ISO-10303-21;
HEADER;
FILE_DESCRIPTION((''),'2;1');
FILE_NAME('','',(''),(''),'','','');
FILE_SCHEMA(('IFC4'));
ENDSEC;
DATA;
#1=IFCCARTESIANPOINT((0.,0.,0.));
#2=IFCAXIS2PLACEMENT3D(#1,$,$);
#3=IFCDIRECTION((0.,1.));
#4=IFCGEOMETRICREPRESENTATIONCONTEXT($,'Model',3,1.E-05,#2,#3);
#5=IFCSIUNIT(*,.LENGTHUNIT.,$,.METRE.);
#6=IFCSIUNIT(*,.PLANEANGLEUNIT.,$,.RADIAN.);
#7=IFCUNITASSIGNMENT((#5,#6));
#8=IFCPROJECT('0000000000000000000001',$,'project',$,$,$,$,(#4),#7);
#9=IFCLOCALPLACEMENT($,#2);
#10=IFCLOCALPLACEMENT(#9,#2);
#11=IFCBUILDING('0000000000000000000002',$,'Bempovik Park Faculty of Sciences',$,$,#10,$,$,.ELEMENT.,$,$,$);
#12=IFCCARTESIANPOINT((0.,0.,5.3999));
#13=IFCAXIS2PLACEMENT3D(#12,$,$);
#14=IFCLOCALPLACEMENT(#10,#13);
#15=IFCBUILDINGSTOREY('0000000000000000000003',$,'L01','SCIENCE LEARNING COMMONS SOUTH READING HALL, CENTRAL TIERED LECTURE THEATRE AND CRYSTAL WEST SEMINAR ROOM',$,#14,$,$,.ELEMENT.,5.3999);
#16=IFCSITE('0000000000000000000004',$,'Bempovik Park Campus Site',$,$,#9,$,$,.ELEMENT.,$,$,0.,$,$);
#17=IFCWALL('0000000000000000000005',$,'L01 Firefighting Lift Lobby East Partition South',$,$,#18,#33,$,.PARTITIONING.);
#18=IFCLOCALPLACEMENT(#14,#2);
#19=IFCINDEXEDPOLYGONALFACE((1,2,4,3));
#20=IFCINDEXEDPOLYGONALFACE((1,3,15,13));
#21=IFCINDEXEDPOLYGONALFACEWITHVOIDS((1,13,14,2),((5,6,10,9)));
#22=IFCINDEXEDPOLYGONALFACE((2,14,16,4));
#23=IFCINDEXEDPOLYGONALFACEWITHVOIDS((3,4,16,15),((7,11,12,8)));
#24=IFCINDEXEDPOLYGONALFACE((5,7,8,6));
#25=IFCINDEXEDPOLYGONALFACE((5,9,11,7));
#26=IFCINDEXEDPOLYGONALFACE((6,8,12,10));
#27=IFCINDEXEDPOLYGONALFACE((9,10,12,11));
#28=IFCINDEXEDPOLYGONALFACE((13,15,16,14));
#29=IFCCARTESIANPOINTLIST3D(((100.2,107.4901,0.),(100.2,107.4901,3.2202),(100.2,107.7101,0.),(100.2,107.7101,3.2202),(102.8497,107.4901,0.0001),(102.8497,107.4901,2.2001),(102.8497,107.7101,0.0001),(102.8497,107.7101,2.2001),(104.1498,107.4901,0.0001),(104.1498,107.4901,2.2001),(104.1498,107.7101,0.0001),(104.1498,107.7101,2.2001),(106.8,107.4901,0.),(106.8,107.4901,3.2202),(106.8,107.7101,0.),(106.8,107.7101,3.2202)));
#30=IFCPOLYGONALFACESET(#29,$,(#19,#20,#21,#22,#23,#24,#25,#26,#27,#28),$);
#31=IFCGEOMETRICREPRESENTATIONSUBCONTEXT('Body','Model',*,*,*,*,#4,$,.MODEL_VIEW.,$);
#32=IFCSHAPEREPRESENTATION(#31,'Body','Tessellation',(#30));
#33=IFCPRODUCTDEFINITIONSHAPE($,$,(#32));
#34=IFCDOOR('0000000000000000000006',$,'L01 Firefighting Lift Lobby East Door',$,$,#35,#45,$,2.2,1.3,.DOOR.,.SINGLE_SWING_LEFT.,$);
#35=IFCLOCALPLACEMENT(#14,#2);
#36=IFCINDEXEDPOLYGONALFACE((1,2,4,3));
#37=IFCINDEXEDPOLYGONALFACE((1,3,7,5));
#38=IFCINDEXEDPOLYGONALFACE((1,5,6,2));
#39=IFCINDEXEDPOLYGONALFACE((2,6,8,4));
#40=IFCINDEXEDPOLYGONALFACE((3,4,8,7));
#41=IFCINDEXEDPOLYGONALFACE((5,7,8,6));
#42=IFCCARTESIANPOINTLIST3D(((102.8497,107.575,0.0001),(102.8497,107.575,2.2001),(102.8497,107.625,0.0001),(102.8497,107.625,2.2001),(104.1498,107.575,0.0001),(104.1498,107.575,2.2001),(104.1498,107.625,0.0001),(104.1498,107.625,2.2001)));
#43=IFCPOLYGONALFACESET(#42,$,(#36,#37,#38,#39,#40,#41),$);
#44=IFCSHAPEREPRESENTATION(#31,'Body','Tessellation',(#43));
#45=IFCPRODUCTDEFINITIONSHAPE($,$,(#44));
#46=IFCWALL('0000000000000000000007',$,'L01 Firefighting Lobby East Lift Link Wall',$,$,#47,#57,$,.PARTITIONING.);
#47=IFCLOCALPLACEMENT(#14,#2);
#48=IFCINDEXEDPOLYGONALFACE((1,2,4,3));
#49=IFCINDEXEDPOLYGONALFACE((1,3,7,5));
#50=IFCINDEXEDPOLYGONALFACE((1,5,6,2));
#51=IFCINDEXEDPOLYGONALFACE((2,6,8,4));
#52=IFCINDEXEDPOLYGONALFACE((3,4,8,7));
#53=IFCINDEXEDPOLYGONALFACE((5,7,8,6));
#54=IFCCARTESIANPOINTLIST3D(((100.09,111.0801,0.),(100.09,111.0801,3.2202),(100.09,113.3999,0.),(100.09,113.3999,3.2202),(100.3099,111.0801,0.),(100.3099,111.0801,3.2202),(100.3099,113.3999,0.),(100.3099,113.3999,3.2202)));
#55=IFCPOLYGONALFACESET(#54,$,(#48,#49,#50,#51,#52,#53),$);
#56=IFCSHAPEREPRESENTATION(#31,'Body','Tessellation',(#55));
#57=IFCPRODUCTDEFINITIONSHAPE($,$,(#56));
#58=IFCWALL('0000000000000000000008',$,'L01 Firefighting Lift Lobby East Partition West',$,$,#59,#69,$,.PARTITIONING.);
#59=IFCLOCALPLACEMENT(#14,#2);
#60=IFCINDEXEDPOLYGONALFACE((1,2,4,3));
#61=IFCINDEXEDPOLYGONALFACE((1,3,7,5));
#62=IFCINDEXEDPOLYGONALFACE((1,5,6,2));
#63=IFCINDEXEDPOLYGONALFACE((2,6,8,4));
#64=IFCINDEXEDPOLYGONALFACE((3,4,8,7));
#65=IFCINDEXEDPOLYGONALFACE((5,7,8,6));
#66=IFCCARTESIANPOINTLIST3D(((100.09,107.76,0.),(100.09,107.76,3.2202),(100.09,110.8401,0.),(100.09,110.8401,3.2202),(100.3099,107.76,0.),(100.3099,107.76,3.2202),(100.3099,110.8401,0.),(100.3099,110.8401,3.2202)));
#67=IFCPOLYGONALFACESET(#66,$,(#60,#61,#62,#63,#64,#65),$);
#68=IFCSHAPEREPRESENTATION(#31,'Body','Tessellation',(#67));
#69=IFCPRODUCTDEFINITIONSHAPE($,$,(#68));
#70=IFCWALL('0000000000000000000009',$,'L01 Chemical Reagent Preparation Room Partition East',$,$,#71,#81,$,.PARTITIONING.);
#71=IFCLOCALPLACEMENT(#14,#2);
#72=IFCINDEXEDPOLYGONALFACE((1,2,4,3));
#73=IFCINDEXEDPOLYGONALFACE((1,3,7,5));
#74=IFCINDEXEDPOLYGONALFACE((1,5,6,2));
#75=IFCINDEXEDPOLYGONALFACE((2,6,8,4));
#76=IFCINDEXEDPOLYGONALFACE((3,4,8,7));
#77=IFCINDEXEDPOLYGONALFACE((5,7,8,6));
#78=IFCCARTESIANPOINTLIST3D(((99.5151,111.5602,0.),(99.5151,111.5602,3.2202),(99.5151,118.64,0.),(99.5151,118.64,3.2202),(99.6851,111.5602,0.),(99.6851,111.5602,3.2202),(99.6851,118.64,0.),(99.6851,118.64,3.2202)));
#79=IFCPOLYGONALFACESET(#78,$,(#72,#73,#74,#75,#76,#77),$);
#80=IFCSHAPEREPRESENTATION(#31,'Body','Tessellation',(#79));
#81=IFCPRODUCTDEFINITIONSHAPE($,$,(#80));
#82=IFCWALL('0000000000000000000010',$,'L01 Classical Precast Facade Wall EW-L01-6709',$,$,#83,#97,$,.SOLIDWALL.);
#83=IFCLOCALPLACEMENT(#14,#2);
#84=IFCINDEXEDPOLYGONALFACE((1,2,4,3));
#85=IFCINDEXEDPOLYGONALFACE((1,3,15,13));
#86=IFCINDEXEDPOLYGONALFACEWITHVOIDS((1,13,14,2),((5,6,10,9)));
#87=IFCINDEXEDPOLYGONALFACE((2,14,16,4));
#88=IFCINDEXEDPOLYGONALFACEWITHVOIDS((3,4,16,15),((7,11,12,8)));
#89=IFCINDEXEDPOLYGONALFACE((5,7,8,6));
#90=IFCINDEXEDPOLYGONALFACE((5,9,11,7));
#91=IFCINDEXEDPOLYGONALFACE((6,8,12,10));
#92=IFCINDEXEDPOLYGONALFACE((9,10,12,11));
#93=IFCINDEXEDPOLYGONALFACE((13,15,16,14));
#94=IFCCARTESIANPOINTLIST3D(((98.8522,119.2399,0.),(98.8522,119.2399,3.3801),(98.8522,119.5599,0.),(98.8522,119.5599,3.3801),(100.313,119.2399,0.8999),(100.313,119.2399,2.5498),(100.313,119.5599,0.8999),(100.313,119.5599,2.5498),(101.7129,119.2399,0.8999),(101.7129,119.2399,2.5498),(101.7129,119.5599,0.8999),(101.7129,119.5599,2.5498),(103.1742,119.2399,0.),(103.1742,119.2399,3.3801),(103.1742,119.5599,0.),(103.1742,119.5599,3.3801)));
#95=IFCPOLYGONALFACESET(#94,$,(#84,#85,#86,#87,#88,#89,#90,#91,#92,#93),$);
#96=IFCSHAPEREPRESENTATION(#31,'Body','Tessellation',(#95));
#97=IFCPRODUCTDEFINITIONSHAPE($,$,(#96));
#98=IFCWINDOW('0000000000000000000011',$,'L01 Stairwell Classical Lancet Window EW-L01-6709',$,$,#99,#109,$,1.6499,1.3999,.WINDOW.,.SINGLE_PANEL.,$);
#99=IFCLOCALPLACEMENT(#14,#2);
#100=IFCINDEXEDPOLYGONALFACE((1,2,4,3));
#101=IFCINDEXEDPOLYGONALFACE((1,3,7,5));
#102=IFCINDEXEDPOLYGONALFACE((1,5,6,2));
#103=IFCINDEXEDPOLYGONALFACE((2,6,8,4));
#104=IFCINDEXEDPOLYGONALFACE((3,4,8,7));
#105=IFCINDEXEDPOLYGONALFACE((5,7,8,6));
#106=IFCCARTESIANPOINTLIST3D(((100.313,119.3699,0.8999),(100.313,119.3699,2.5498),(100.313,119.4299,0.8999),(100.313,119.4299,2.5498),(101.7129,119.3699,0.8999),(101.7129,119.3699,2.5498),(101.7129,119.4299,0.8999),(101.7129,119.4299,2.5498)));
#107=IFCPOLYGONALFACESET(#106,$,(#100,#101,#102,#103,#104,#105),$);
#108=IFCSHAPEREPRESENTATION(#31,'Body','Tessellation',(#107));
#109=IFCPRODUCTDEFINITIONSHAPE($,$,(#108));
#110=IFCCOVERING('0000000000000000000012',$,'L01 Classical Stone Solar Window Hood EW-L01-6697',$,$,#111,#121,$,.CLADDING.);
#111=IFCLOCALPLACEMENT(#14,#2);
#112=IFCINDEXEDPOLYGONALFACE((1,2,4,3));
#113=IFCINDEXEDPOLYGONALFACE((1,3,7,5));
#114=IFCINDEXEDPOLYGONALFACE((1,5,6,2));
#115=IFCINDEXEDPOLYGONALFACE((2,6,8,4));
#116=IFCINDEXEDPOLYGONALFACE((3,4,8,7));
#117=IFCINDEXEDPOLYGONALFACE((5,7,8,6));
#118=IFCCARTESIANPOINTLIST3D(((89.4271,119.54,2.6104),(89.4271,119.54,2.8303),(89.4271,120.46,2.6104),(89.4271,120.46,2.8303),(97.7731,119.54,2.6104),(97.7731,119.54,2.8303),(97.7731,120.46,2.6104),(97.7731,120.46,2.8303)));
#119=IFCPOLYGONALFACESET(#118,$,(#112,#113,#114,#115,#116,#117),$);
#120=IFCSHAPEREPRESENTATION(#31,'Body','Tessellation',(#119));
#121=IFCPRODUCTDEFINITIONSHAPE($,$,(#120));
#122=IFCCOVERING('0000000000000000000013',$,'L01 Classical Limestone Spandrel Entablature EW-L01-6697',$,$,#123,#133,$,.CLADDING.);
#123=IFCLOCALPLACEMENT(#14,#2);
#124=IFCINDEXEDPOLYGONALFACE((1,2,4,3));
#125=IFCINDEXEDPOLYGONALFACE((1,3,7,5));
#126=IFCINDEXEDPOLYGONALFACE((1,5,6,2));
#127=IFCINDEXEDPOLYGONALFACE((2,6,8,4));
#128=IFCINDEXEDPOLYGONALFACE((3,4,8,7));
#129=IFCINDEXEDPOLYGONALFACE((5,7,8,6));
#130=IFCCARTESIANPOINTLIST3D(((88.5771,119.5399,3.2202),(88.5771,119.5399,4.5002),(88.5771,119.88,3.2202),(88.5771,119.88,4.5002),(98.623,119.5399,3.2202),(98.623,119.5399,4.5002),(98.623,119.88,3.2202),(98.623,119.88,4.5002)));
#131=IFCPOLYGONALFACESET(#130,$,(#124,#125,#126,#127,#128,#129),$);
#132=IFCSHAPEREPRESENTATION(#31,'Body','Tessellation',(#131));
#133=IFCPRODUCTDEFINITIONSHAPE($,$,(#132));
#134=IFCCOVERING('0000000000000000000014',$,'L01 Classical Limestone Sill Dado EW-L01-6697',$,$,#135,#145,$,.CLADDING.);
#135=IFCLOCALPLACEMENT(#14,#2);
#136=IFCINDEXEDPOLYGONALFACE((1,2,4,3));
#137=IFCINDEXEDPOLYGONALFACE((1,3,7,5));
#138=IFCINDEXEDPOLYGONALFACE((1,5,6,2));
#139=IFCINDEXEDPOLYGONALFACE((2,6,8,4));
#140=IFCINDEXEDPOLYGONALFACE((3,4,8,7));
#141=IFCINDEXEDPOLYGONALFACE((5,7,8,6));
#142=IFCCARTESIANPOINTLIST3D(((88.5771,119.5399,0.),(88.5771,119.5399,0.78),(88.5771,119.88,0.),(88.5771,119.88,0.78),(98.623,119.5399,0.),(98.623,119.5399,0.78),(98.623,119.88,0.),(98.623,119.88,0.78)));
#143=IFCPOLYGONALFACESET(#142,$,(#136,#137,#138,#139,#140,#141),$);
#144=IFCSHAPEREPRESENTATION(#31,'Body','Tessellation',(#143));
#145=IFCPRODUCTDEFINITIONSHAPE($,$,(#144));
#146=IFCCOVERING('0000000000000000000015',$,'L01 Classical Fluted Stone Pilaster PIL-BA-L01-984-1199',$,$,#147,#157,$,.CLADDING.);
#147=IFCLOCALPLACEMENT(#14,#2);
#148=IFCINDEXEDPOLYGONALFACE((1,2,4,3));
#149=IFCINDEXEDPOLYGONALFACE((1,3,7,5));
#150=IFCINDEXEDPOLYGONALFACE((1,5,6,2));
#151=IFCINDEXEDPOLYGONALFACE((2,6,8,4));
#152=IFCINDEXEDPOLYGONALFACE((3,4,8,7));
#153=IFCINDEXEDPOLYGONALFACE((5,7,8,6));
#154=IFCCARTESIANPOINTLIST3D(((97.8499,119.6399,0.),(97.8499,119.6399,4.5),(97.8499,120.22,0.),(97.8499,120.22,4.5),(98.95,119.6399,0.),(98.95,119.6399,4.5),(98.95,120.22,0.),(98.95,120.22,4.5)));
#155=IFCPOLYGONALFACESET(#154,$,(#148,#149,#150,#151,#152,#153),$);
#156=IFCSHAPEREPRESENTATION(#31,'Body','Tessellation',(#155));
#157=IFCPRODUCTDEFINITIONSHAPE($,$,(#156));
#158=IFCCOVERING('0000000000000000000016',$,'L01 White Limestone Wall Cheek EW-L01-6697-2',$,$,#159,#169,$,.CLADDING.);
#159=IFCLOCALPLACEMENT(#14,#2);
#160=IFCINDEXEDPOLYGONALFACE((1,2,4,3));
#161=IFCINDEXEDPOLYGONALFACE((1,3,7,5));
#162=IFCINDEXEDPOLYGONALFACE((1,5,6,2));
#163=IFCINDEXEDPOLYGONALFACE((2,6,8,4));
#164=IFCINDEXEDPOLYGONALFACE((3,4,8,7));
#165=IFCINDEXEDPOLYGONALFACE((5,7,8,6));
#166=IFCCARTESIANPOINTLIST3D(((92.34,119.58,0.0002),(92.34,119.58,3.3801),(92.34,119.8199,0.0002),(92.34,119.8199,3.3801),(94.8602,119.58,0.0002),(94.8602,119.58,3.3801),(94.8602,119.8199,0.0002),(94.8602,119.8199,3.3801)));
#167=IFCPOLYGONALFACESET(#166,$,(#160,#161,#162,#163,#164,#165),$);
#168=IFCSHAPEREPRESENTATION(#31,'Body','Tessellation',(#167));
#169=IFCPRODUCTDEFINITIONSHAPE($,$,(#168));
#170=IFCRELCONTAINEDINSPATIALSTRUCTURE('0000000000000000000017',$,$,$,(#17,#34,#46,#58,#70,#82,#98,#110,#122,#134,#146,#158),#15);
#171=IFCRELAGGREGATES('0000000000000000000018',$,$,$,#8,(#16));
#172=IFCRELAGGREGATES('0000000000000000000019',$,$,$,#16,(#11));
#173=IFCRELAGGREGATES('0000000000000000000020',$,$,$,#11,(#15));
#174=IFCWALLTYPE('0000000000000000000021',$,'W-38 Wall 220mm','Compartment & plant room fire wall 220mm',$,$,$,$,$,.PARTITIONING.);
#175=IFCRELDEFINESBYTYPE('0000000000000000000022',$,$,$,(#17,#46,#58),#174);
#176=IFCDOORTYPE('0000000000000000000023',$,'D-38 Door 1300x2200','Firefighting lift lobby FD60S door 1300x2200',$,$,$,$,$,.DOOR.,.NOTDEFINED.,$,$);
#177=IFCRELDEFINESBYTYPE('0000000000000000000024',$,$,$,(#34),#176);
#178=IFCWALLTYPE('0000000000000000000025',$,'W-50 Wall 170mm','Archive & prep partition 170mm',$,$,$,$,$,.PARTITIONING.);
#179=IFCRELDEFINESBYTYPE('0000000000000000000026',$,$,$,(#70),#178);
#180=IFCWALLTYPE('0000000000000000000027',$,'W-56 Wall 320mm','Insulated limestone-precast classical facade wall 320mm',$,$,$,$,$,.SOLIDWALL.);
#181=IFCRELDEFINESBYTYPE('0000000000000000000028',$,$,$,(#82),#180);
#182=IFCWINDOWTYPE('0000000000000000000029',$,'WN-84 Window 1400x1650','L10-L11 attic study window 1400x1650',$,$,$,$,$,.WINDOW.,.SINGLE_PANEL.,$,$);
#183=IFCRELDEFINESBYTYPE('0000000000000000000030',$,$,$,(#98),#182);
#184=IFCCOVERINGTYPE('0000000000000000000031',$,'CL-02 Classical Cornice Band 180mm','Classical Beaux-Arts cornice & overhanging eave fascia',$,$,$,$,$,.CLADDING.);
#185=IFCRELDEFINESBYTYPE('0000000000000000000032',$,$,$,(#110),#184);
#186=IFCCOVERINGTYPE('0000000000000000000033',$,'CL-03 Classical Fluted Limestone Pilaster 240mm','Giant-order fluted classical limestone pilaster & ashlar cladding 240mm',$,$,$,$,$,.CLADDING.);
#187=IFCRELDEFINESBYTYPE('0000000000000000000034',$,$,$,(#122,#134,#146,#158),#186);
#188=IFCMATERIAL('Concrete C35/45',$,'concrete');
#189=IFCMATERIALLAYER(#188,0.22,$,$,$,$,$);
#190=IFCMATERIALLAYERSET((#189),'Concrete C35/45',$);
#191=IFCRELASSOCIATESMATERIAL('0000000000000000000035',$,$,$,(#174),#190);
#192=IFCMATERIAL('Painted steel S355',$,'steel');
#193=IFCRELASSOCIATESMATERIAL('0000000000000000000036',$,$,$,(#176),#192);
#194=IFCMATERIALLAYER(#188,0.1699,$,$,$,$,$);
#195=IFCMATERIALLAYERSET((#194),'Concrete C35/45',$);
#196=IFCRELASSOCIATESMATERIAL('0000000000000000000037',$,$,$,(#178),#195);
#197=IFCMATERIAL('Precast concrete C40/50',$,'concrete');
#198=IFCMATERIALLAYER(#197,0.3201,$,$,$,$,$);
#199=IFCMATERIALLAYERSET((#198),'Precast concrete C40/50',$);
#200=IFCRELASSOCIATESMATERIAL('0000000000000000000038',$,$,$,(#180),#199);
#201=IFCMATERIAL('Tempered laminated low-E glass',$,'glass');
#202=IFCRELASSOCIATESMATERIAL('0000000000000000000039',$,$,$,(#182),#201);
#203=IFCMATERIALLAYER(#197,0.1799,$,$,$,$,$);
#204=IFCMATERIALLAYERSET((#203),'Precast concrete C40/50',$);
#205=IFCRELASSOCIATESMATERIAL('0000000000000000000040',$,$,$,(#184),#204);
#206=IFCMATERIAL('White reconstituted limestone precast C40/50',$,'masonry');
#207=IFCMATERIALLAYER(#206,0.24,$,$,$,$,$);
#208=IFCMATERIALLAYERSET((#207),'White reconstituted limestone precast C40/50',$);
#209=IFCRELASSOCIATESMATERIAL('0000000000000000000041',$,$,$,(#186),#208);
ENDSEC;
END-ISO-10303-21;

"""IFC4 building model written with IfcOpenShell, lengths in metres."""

from ifc_helpers import new_model, si_unit, direction, frame, frame_2d, origin, origin_2d, place, context, subcontext, project, spatial, rectangle, extrude, material, layer, layer_set, type_object, element, fill, save


model = new_model("IFC4")

# Units and contexts
model_context = context("Model", 3, precision=1e-05, world=origin(), true_north=direction((0.0, 1.0)))
body_context = subcontext(model_context, "Body", "Model", "MODEL_VIEW")
ifc_project = project(units=[si_unit("LENGTHUNIT", "METRE"), si_unit("PLANEANGLEUNIT", "RADIAN")], contexts=[model_context])

# Site, building, storey
site_placement = place(None, origin())
site = spatial("IfcSite", under=ifc_project, at=site_placement, Name="Bempovik Park Campus Site", CompositionType="ELEMENT", RefElevation=0.0)
building_placement = place(site_placement, origin())
building = spatial("IfcBuilding", under=site, at=building_placement, Name="Bempovik Park Faculty of Sciences", CompositionType="ELEMENT")
storey_placement = place(building_placement, frame((0.0, 0.0, 5.3999)))
storey = spatial("IfcBuildingStorey", under=building, at=storey_placement, Name="L01", Description="SCIENCE LEARNING COMMONS SOUTH READING HALL, CENTRAL TIERED LECTURE THEATRE AND CRYSTAL WEST SEMINAR ROOM", CompositionType="ELEMENT", Elevation=5.3999)

# Shared definitions
ifc_material_1 = material(Name="Concrete C35/45", Category="concrete")

# Shared definitions
ifc_material_2 = material(Name="Painted steel S355", Category="steel")

# Wall, opening, door
ifc_layer_1 = layer(ifc_material_1, 0.22)
ifc_layer_set_1 = layer_set([ifc_layer_1], Name="Concrete C35/45")
wall_type_1 = type_object("IfcWallType", Name="W-38 Wall 220mm", Description="Compartment & plant room fire wall 220mm", PredefinedType="PARTITIONING", material=ifc_layer_set_1)
wall_1_placement = place(storey_placement, frame((100.2, 107.6001, 0.0), z_axis=(0.0, 0.0, 1.0), x_axis=(1.0, 0.0, 0.0)))
wall_1 = element("IfcWall", 1, at=wall_1_placement, inside=storey, type_object=wall_type_1, Name="L01 Firefighting Lift Lobby East Partition South", PredefinedType="PARTITIONING", context=body_context, shape_type="SweptSolid", body=[
    extrude(rectangle(XDim=6.6001, YDim=0.22, at=frame_2d((3.3, 0.0))), origin(), (0.0, 0.0, 1.0), 3.2202),
])
opening_1_placement = place(wall_1_placement, frame((2.6499, 0.0, 0.0)))
opening_1 = element("IfcOpeningElement", 2, at=opening_1_placement, cuts=wall_1, PredefinedType="OPENING", context=body_context, shape_type="SweptSolid", body=[
    extrude(rectangle(XDim=1.3, YDim=2.2, at=frame_2d((0.6499, 1.1001))), frame((0.0, 0.1201, 0.0), z_axis=(0.0, -1.0, 0.0), x_axis=(1.0, 0.0, 0.0)), (0.0, 0.0, 1.0), 0.24),
])
door_type_1 = type_object("IfcDoorType", Name="D-38 Door 1300x2200", Description="Firefighting lift lobby FD60S door 1300x2200", OperationType="NOTDEFINED", PredefinedType="DOOR", material=ifc_material_2)
door_1_placement = place(opening_1_placement, origin())
door_1 = element("IfcDoor", 3, at=door_1_placement, inside=storey, type_object=door_type_1, Name="L01 Firefighting Lift Lobby East Door", OperationType="SINGLE_SWING_LEFT", OverallHeight=2.2, OverallWidth=1.3, PredefinedType="DOOR", context=body_context, shape_type="SweptSolid", body=[
    extrude(rectangle(XDim=1.3, YDim=2.2, at=frame_2d((0.6499, 1.1001))), frame((0.0, 0.0249, 0.0), z_axis=(0.0, -1.0, 0.0), x_axis=(1.0, 0.0, 0.0)), (0.0, 0.0, 1.0), 0.05),
])
fill(opening_1, door_1)

# Walls
wall_2_placement = place(storey_placement, frame((100.2, 111.0801, 0.0), z_axis=(0.0, 0.0, 1.0), x_axis=(0.0, 1.0, 0.0)))
element("IfcWall", 4, at=wall_2_placement, inside=storey, type_object=wall_type_1, Name="L01 Firefighting Lobby East Lift Link Wall", PredefinedType="PARTITIONING", context=body_context, shape_type="SweptSolid", body=[
    extrude(rectangle(XDim=2.3198, YDim=0.22, at=frame_2d((1.1599, 0.0))), origin(), (0.0, 0.0, 1.0), 3.2202),
])
wall_3_placement = place(storey_placement, frame((100.2, 107.76, 0.0), z_axis=(0.0, 0.0, 1.0), x_axis=(0.0, 1.0, 0.0)))
element("IfcWall", 5, at=wall_3_placement, inside=storey, type_object=wall_type_1, Name="L01 Firefighting Lift Lobby East Partition West", PredefinedType="PARTITIONING", context=body_context, shape_type="SweptSolid", body=[
    extrude(rectangle(XDim=3.0801, YDim=0.22, at=frame_2d((1.54, 0.0))), origin(), (0.0, 0.0, 1.0), 3.2202),
])
ifc_layer_2 = layer(ifc_material_1, 0.1699)
ifc_layer_set_2 = layer_set([ifc_layer_2], Name="Concrete C35/45")
wall_type_2 = type_object("IfcWallType", Name="W-50 Wall 170mm", Description="Archive & prep partition 170mm", PredefinedType="PARTITIONING", material=ifc_layer_set_2)
wall_4_placement = place(storey_placement, frame((99.6001, 111.5601, 0.0), z_axis=(0.0, 0.0, 1.0), x_axis=(0.0, 1.0, 0.0)))
element("IfcWall", 6, at=wall_4_placement, inside=storey, type_object=wall_type_2, Name="L01 Chemical Reagent Preparation Room Partition East", PredefinedType="PARTITIONING", context=body_context, shape_type="SweptSolid", body=[
    extrude(rectangle(XDim=7.0798, YDim=0.1699, at=frame_2d((3.54, 0.0))), origin(), (0.0, 0.0, 1.0), 3.2202),
])

# Wall, opening, window
ifc_material_3 = material(Name="Precast concrete C40/50", Category="concrete")
ifc_layer_3 = layer(ifc_material_3, 0.3201)
ifc_layer_set_3 = layer_set([ifc_layer_3], Name="Precast concrete C40/50")
wall_type_3 = type_object("IfcWallType", Name="W-56 Wall 320mm", Description="Insulated limestone-precast classical facade wall 320mm", PredefinedType="SOLIDWALL", material=ifc_layer_set_3)
wall_5_placement = place(storey_placement, frame((98.8521, 119.3999, 0.0), z_axis=(0.0, 0.0, 1.0), x_axis=(1.0, 0.0, 0.0)))
wall_5 = element("IfcWall", 7, at=wall_5_placement, inside=storey, type_object=wall_type_3, Name="L01 Classical Precast Facade Wall EW-L01-6709", PredefinedType="SOLIDWALL", context=body_context, shape_type="SweptSolid", body=[
    extrude(rectangle(XDim=4.322, YDim=0.3201, at=frame_2d((2.1611, 0.0))), origin(), (0.0, 0.0, 1.0), 3.3801),
])
opening_2_placement = place(wall_5_placement, frame((1.4609, 0.0, 0.8999)))
opening_2 = element("IfcOpeningElement", 8, at=opening_2_placement, cuts=wall_5, PredefinedType="OPENING", context=body_context, shape_type="SweptSolid", body=[
    extrude(rectangle(XDim=1.3999, YDim=1.6499, at=frame_2d((0.7, 0.825))), frame((0.0, 0.1699, 0.0), z_axis=(0.0, -1.0, 0.0), x_axis=(1.0, 0.0, 0.0)), (0.0, 0.0, 1.0), 0.3401),
])
ifc_material_4 = material(Name="Tempered laminated low-E glass", Category="glass")
window_type = type_object("IfcWindowType", Name="WN-84 Window 1400x1650", Description="L10-L11 attic study window 1400x1650", PartitioningType="SINGLE_PANEL", PredefinedType="WINDOW", material=ifc_material_4)
window_placement = place(opening_2_placement, origin())
window = element("IfcWindow", 9, at=window_placement, inside=storey, type_object=window_type, Name="L01 Stairwell Classical Lancet Window EW-L01-6709", OverallHeight=1.6499, OverallWidth=1.3999, PartitioningType="SINGLE_PANEL", PredefinedType="WINDOW", context=body_context, shape_type="SweptSolid", body=[
    extrude(rectangle(XDim=1.3999, YDim=1.6499, at=frame_2d((0.7, 0.825))), frame((0.0, 0.03, 0.0), z_axis=(0.0, -1.0, 0.0), x_axis=(1.0, 0.0, 0.0)), (0.0, 0.0, 1.0), 0.0601),
])
fill(opening_2, window)

# Coverings
ifc_layer_4 = layer(ifc_material_3, 0.1799)
ifc_layer_set_4 = layer_set([ifc_layer_4], Name="Precast concrete C40/50")
covering_type_1 = type_object("IfcCoveringType", Name="CL-02 Classical Cornice Band 180mm", Description="Classical Beaux-Arts cornice & overhanging eave fascia", PredefinedType="CLADDING", material=ifc_layer_set_4)
covering_1_placement = place(storey_placement, frame((93.6001, 120.0, 2.6104), z_axis=(0.0, 0.0, 1.0), x_axis=(1.0, 0.0, 0.0)))
element("IfcCovering", 10, at=covering_1_placement, inside=storey, type_object=covering_type_1, Name="L01 Classical Stone Solar Window Hood EW-L01-6697", PredefinedType="CLADDING", context=body_context, shape_type="SweptSolid", body=[
    extrude(rectangle(XDim=8.3459, YDim=0.9199, at=origin_2d()), origin(), (0.0, 0.0, 1.0), 0.22),
])
ifc_material_5 = material(Name="White reconstituted limestone precast C40/50", Category="masonry")
ifc_layer_5 = layer(ifc_material_5, 0.24)
ifc_layer_set_5 = layer_set([ifc_layer_5], Name="White reconstituted limestone precast C40/50")
covering_type_2 = type_object("IfcCoveringType", Name="CL-03 Classical Fluted Limestone Pilaster 240mm", Description="Giant-order fluted classical limestone pilaster & ashlar cladding 240mm", PredefinedType="CLADDING", material=ifc_layer_set_5)
covering_2_placement = place(storey_placement, frame((93.6001, 119.71, 3.2202), z_axis=(0.0, 0.0, 1.0), x_axis=(1.0, 0.0, 0.0)))
element("IfcCovering", 11, at=covering_2_placement, inside=storey, type_object=covering_type_2, Name="L01 Classical Limestone Spandrel Entablature EW-L01-6697", PredefinedType="CLADDING", context=body_context, shape_type="SweptSolid", body=[
    extrude(rectangle(XDim=10.0459, YDim=0.3401, at=origin_2d()), origin(), (0.0, 0.0, 1.0), 1.28),
])
covering_3_placement = place(storey_placement, frame((93.6001, 119.71, 0.0), z_axis=(0.0, 0.0, 1.0), x_axis=(1.0, 0.0, 0.0)))
element("IfcCovering", 12, at=covering_3_placement, inside=storey, type_object=covering_type_2, Name="L01 Classical Limestone Sill Dado EW-L01-6697", PredefinedType="CLADDING", context=body_context, shape_type="SweptSolid", body=[
    extrude(rectangle(XDim=10.0459, YDim=0.3401, at=origin_2d()), origin(), (0.0, 0.0, 1.0), 0.78),
])
covering_4_placement = place(storey_placement, frame((98.3999, 119.9299, 0.0), z_axis=(0.0, 0.0, 1.0), x_axis=(1.0, 0.0, 0.0)))
element("IfcCovering", 13, at=covering_4_placement, inside=storey, type_object=covering_type_2, Name="L01 Classical Fluted Stone Pilaster PIL-BA-L01-984-1199", PredefinedType="CLADDING", context=body_context, shape_type="SweptSolid", body=[
    extrude(rectangle(XDim=1.1001, YDim=0.5801, at=origin_2d()), origin(), (0.0, 0.0, 1.0), 4.5),
])
covering_5_placement = place(storey_placement, frame((93.6001, 119.7, 0.0002), z_axis=(0.0, 0.0, 1.0), x_axis=(1.0, 0.0, 0.0)))
element("IfcCovering", 14, at=covering_5_placement, inside=storey, type_object=covering_type_2, Name="L01 White Limestone Wall Cheek EW-L01-6697-2", PredefinedType="CLADDING", context=body_context, shape_type="SweptSolid", body=[
    extrude(rectangle(XDim=2.5203, YDim=0.24, at=origin_2d()), origin(), (0.0, 0.0, 1.0), 3.3799),
])

save(model, "model.ifc")
